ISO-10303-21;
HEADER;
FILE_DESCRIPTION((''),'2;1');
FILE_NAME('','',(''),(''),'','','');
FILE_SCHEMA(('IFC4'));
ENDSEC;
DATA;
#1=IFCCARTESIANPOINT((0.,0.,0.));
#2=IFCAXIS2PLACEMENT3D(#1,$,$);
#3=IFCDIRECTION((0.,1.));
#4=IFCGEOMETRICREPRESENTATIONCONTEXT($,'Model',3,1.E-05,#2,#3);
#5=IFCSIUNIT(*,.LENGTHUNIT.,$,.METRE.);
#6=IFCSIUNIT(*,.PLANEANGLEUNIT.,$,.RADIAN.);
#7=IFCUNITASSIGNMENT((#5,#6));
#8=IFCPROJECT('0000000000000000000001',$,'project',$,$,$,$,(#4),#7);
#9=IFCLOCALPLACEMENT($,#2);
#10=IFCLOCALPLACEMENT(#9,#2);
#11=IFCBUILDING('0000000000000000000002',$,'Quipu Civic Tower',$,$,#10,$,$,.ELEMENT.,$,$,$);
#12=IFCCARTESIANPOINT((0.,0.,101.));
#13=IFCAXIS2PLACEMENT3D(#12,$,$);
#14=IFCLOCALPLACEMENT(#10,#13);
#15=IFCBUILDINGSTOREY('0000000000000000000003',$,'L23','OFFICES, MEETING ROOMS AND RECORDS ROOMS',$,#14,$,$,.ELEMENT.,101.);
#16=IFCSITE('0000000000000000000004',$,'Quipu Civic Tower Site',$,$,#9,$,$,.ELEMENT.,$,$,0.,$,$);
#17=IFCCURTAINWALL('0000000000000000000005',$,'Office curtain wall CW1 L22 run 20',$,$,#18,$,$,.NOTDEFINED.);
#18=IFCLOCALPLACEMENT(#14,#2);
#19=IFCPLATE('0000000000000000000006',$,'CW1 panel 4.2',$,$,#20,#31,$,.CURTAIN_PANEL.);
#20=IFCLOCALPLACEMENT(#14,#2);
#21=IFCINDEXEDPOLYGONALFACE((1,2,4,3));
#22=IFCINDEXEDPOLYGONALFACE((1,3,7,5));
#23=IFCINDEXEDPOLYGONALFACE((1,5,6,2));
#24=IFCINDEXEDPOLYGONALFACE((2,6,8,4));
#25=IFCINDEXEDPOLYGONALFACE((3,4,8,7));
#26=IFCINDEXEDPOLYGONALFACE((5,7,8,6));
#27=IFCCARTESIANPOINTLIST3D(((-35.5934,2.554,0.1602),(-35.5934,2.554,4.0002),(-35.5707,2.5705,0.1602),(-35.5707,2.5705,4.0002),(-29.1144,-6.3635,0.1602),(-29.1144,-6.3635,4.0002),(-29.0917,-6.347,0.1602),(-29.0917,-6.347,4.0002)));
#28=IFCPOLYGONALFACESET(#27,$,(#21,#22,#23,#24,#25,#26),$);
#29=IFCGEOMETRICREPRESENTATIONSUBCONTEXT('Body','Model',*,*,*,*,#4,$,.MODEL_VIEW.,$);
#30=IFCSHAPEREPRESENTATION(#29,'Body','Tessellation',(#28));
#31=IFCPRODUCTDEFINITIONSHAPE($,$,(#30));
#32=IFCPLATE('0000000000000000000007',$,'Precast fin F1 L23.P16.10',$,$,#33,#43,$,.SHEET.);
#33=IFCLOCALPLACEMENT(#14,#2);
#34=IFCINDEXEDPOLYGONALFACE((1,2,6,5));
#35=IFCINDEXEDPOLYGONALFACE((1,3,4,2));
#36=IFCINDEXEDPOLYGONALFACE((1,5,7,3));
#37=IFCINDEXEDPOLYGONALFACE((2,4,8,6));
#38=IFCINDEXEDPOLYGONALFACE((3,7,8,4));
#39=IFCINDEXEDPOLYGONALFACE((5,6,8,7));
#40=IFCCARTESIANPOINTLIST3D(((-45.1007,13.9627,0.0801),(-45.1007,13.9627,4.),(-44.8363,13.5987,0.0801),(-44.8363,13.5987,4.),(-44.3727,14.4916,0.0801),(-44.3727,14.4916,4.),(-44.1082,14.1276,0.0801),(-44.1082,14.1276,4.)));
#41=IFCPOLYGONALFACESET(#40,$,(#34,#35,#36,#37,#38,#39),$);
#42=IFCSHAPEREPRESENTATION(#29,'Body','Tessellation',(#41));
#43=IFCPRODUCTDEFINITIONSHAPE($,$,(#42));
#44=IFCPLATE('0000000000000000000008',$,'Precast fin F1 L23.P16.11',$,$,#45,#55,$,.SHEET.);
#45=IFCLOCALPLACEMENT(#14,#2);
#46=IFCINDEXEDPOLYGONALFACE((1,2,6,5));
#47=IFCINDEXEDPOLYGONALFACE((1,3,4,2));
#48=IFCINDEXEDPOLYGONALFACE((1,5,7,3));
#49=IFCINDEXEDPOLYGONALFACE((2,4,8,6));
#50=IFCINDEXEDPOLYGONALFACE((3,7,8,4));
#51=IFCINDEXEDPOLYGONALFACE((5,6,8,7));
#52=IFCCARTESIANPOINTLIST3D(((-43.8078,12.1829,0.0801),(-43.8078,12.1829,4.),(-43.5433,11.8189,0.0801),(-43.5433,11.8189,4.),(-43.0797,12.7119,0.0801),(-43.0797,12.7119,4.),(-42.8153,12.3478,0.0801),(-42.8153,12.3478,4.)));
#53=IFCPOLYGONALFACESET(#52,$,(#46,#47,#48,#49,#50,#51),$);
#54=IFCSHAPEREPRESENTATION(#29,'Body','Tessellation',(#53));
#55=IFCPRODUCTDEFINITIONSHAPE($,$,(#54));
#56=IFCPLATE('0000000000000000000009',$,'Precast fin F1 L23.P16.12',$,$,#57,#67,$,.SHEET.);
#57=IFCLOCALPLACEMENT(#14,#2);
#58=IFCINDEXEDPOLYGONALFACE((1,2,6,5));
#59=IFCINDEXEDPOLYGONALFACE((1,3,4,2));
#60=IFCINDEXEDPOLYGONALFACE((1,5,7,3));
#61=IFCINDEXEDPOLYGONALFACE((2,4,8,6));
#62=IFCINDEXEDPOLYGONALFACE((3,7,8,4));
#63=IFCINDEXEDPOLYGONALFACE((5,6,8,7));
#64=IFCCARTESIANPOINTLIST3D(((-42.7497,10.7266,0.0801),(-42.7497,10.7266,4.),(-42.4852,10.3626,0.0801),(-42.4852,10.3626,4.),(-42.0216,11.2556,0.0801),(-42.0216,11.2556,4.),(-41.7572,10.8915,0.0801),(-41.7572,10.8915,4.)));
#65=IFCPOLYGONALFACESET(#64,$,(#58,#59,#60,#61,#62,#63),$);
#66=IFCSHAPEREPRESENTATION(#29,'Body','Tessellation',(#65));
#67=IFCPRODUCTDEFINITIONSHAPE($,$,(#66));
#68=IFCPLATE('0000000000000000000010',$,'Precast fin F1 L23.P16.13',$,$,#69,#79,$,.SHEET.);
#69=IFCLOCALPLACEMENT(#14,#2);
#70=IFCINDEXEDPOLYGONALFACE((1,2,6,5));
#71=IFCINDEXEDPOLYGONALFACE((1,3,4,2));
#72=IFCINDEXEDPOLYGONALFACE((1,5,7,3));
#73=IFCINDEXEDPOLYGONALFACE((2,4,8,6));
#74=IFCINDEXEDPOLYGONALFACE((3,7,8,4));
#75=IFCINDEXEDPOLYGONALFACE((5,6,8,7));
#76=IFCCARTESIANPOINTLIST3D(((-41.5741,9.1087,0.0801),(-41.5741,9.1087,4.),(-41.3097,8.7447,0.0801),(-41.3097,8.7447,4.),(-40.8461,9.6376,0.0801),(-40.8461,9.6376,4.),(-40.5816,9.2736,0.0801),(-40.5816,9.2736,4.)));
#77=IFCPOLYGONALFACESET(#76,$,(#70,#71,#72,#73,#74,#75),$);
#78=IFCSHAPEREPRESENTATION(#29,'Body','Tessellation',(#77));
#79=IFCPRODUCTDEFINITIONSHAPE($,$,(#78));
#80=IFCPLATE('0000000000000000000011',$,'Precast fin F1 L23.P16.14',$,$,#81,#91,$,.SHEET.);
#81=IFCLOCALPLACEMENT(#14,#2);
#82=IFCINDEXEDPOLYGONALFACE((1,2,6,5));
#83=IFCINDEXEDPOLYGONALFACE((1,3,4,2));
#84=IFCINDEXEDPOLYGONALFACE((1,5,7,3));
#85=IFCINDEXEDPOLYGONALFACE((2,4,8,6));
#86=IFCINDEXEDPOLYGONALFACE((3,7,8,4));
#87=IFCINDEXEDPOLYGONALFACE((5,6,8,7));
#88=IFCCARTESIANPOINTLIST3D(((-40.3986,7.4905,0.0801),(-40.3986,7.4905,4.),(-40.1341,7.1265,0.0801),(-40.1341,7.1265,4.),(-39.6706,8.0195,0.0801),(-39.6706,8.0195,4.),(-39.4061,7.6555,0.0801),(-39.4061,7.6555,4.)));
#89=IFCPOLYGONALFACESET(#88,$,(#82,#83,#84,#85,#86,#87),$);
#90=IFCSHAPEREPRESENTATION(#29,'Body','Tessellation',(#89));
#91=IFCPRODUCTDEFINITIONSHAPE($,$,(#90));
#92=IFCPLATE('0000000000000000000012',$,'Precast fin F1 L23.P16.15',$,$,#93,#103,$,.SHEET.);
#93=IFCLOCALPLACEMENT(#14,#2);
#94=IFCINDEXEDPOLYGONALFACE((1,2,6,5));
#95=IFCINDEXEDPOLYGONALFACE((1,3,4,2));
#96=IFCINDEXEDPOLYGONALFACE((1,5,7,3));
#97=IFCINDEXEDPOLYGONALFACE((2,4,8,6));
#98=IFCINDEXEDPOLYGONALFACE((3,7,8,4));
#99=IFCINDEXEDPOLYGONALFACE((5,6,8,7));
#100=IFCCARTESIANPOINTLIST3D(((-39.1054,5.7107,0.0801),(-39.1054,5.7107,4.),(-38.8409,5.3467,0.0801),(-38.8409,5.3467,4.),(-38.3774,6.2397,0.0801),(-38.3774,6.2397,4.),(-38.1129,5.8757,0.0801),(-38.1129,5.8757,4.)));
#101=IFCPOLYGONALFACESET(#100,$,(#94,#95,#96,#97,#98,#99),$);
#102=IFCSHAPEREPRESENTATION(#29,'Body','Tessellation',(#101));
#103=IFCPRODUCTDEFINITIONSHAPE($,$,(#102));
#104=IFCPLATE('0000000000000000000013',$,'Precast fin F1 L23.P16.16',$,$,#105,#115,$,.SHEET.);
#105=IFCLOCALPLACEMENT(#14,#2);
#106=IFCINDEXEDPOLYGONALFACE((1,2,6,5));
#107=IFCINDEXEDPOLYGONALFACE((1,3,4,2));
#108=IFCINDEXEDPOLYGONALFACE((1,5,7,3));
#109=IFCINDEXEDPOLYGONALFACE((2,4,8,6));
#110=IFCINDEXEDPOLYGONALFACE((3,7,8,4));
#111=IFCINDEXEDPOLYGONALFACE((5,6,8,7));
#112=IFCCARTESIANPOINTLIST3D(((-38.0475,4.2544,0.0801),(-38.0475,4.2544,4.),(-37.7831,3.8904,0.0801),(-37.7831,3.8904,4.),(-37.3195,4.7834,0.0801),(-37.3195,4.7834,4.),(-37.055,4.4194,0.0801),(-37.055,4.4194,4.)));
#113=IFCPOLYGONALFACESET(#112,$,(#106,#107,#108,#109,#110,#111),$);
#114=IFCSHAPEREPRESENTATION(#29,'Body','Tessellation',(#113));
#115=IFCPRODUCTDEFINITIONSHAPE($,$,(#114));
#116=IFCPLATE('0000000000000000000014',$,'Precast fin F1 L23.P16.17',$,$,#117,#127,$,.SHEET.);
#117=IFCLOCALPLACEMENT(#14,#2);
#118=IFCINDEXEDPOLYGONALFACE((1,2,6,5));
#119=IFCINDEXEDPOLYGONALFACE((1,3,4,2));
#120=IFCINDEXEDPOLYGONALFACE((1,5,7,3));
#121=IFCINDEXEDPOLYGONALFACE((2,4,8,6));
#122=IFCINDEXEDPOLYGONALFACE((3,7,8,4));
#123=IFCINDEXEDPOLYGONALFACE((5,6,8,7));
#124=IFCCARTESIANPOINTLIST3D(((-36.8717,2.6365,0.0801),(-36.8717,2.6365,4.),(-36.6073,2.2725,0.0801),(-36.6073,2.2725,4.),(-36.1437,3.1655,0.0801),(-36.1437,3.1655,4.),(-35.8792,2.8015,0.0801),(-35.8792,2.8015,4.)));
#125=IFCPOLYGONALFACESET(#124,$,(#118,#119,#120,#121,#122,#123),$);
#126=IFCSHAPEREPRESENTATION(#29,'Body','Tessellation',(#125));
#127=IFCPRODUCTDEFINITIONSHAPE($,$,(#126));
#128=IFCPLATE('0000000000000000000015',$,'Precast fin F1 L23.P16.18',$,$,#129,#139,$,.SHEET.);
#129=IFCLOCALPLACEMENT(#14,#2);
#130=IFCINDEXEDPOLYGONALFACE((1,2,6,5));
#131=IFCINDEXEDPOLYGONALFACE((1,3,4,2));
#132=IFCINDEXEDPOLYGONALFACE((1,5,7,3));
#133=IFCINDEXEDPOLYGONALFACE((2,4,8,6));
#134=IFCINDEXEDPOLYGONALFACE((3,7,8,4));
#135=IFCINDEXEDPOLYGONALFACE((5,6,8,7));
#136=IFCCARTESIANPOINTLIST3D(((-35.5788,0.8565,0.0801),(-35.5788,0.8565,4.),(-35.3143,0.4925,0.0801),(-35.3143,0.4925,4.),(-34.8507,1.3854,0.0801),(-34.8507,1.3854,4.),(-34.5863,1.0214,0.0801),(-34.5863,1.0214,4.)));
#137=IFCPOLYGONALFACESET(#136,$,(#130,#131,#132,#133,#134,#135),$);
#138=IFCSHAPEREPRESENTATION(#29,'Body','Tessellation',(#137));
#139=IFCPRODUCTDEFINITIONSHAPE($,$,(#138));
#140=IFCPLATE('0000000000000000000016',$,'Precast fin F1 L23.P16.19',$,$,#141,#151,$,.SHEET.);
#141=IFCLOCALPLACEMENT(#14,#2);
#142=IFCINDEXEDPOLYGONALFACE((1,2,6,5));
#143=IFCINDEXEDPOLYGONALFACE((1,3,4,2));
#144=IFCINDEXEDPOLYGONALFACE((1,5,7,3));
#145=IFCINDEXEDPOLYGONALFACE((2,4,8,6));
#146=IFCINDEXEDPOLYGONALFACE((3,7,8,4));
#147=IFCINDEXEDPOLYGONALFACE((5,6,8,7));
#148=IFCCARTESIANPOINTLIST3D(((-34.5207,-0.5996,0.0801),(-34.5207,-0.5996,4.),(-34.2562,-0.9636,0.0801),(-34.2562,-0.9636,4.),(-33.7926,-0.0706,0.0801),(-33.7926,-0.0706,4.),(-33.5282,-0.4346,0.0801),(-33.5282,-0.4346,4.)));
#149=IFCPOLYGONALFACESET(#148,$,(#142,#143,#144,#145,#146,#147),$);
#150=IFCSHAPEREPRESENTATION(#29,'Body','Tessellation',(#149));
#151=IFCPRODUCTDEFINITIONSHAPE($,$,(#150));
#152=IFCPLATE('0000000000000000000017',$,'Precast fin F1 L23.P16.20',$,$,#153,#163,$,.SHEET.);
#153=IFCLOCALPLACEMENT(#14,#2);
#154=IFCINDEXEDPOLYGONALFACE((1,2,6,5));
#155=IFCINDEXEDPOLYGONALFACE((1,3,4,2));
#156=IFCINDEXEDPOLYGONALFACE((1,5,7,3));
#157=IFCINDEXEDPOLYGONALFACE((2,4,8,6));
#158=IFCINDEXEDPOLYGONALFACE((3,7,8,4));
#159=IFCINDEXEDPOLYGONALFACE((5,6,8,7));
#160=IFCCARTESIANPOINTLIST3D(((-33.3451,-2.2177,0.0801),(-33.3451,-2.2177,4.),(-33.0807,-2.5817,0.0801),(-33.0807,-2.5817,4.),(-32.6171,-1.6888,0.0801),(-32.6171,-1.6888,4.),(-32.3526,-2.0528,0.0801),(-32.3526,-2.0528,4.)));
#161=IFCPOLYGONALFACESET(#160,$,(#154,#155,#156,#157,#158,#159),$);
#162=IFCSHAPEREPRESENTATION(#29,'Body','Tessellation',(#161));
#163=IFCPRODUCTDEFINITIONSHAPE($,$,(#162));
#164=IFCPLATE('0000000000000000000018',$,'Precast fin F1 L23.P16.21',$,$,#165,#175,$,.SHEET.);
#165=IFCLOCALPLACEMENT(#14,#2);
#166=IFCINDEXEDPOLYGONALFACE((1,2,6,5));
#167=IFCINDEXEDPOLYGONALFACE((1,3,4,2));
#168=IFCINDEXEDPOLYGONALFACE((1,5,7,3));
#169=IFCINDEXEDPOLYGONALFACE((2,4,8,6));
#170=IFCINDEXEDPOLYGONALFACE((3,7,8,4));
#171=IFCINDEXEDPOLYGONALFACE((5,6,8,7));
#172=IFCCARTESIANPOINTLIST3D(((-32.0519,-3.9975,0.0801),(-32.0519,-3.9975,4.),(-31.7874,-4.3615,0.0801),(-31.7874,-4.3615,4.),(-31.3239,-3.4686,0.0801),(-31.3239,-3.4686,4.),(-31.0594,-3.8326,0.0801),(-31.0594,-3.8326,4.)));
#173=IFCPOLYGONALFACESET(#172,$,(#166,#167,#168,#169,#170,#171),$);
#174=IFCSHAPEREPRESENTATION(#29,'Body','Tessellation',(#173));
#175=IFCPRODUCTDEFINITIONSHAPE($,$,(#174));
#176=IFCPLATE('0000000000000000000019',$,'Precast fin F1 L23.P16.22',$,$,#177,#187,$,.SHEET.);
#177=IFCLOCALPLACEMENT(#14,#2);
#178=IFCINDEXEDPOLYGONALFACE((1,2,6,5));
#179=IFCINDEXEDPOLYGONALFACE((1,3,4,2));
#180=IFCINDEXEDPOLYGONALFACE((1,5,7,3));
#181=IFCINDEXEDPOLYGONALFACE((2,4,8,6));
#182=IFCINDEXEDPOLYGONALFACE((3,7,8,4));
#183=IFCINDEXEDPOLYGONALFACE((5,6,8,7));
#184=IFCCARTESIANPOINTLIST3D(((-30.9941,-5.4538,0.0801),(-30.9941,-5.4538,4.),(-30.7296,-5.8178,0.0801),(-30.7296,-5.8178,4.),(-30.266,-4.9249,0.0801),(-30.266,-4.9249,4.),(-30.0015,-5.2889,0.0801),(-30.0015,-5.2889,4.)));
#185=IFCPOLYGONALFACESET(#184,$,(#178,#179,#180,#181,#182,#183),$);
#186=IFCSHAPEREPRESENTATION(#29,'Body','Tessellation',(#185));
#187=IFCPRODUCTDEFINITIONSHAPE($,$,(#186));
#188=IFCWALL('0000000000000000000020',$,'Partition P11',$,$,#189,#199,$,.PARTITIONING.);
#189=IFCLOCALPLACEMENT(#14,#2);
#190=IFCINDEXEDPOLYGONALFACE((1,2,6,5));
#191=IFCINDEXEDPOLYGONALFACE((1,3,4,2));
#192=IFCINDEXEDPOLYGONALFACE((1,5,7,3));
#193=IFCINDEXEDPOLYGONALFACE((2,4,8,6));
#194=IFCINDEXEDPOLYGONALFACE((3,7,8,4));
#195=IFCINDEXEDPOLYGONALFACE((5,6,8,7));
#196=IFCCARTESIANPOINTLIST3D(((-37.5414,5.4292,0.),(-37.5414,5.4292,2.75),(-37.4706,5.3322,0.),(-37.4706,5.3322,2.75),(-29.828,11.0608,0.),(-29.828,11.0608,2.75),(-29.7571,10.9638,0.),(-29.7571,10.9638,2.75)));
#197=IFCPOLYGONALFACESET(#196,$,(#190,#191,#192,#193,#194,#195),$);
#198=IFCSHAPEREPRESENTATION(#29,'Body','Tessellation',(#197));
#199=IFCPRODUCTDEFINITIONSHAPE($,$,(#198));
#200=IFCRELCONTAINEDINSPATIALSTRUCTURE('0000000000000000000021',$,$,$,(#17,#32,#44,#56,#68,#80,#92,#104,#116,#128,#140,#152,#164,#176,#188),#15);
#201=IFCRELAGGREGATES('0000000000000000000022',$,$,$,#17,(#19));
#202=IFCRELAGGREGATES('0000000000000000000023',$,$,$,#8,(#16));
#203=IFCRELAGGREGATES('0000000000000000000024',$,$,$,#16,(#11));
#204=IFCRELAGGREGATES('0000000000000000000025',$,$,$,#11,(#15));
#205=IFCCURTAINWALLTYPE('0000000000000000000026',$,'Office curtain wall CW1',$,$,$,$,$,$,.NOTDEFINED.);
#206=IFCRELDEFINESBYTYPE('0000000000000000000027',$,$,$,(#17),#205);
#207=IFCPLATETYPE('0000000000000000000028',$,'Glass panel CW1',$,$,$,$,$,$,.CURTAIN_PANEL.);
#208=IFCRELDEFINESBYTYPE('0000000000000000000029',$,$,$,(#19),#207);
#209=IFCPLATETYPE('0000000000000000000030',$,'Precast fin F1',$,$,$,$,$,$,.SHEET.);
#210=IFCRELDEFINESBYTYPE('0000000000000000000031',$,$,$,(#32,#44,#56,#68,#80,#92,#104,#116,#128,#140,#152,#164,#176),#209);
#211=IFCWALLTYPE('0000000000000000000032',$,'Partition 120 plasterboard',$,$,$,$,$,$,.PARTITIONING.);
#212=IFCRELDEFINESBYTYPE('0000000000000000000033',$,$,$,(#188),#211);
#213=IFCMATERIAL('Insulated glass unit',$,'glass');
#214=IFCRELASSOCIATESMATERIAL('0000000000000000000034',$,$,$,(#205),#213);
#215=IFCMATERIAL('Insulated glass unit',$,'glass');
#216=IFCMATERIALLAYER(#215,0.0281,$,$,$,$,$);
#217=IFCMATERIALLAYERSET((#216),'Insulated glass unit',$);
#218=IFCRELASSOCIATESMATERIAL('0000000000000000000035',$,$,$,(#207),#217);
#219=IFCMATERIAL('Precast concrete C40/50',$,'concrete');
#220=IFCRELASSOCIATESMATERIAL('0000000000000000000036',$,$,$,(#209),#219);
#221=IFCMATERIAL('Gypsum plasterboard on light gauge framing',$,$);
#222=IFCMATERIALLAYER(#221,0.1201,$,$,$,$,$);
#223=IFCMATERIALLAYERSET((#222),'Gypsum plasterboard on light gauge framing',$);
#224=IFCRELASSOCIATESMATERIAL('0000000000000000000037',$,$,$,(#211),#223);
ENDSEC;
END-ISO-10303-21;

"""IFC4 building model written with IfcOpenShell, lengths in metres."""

from ifc_helpers import new_model, si_unit, direction, frame, frame_2d, origin, origin_2d, place, context, subcontext, project, spatial, rectangle, extrude, material, layer, layer_set, type_object, element, aggregate, save


model = new_model("IFC4")

# Units and contexts
model_context = context("Model", 3, precision=1e-05, world=origin(), true_north=direction((0.0, 1.0)))
body_context = subcontext(model_context, "Body", "Model", "MODEL_VIEW")
ifc_project = project(units=[si_unit("LENGTHUNIT", "METRE"), si_unit("PLANEANGLEUNIT", "RADIAN")], contexts=[model_context])

# Site, building, storey
site_placement = place(None, origin())
site = spatial("IfcSite", under=ifc_project, at=site_placement, Name="Quipu Civic Tower Site", CompositionType="ELEMENT", RefElevation=0.0)
building_placement = place(site_placement, origin())
building = spatial("IfcBuilding", under=site, at=building_placement, Name="Quipu Civic Tower", CompositionType="ELEMENT")
storey_placement = place(building_placement, frame((0.0, 0.0, 101.0)))
storey = spatial("IfcBuildingStorey", under=building, at=storey_placement, Name="L23", Description="OFFICES, MEETING ROOMS AND RECORDS ROOMS", CompositionType="ELEMENT", Elevation=101.0)

# Curtain wall
ifc_material_1 = material(Name="Insulated glass unit", Category="glass")
curtain_wall_type = type_object("IfcCurtainWallType", Name="Office curtain wall CW1", PredefinedType="NOTDEFINED", material=ifc_material_1)
curtain_wall_placement = place(storey_placement, origin())
curtain_wall = element("IfcCurtainWall", 1, at=curtain_wall_placement, inside=storey, type_object=curtain_wall_type, Name="Office curtain wall CW1 L22 run 20", PredefinedType="NOTDEFINED")

# Plate
ifc_material_2 = material(Name="Insulated glass unit", Category="glass")
ifc_layer_1 = layer(ifc_material_2, 0.0281)
ifc_layer_set_1 = layer_set([ifc_layer_1], Name="Insulated glass unit")
plate_type_1 = type_object("IfcPlateType", Name="Glass panel CW1", PredefinedType="CURTAIN_PANEL", material=ifc_layer_set_1)
plate_1_placement = place(storey_placement, frame((-32.3425, -1.8965, 0.1602), z_axis=(0.0, 0.0, 1.0), x_axis=(0.587786, -0.809017, 0.0)))
plate_1 = element("IfcPlate", 2, at=plate_1_placement, type_object=plate_type_1, Name="CW1 panel 4.2", PredefinedType="CURTAIN_PANEL", context=body_context, shape_type="SweptSolid", body=[
    extrude(rectangle(XDim=11.0227, YDim=0.0281, at=origin_2d()), origin(), (0.0, 0.0, 1.0), 3.8401),
])
aggregate(curtain_wall, [plate_1])

# Plates
ifc_material_3 = material(Name="Precast concrete C40/50", Category="concrete")
plate_type_2 = type_object("IfcPlateType", Name="Precast fin F1", PredefinedType="SHEET", material=ifc_material_3)
for number, where, z_axis, x_axis, name in (
    (3, (-44.6045, 14.0452, 0.0801), (0.0, 0.0, 1.0), (0.587786, -0.809017, 0.0), "Precast fin F1 L23.P16.10"),
    (4, (-43.3115, 12.2654, 0.0801), (0.0, 0.0, 1.0), (0.587786, -0.809017, 0.0), "Precast fin F1 L23.P16.11"),
    (5, (-42.2534, 10.8091, 0.0801), (0.0, 0.0, 1.0), (0.587786, -0.809017, 0.0), "Precast fin F1 L23.P16.12"),
    (6, (-41.0779, 9.1912, 0.0801), (0.0, 0.0, 1.0), (0.587786, -0.809017, 0.0), "Precast fin F1 L23.P16.13"),
    (7, (-39.9023, 7.573, 0.0801), (0.0, 0.0, 1.0), (0.587786, -0.809017, 0.0), "Precast fin F1 L23.P16.14"),
    (8, (-38.6091, 5.7932, 0.0801), (0.0, 0.0, 1.0), (0.587786, -0.809017, 0.0), "Precast fin F1 L23.P16.15"),
    (9, (-37.5513, 4.3369, 0.0801), (0.0, 0.0, 1.0), (0.587786, -0.809017, 0.0), "Precast fin F1 L23.P16.16"),
    (10, (-36.3755, 2.719, 0.0801), (0.0, 0.0, 1.0), (0.587786, -0.809017, 0.0), "Precast fin F1 L23.P16.17"),
    (11, (-35.0825, 0.939, 0.0801), (0.0, 0.0, 1.0), (0.587786, -0.809017, 0.0), "Precast fin F1 L23.P16.18"),
    (12, (-34.0244, -0.5171, 0.0801), (0.0, 0.0, 1.0), (0.587786, -0.809017, 0.0), "Precast fin F1 L23.P16.19"),
    (13, (-32.8489, -2.1353, 0.0801), (0.0, 0.0, 1.0), (0.587786, -0.809017, 0.0), "Precast fin F1 L23.P16.20"),
    (14, (-31.5557, -3.915, 0.0801), (0.0, 0.0, 1.0), (0.587786, -0.809017, 0.0), "Precast fin F1 L23.P16.21"),
    (15, (-30.4978, -5.3713, 0.0801), (0.0, 0.0, 1.0), (0.587786, -0.809017, 0.0), "Precast fin F1 L23.P16.22"),
):
    element("IfcPlate", number, at=place(storey_placement, frame(where, z_axis=z_axis, x_axis=x_axis)), inside=storey, type_object=plate_type_2, Name=name, PredefinedType="SHEET", context=body_context, shape_type="SweptSolid", body=[
        extrude(rectangle(XDim=0.45, YDim=0.8999, at=origin_2d()), origin(), (0.0, 0.0, 1.0), 3.9199),
    ])

# Wall
ifc_material_4 = material(Name="Gypsum plasterboard on light gauge framing")
ifc_layer_2 = layer(ifc_material_4, 0.1201)
ifc_layer_set_2 = layer_set([ifc_layer_2], Name="Gypsum plasterboard on light gauge framing")
wall_type = type_object("IfcWallType", Name="Partition 120 plasterboard", PredefinedType="PARTITIONING", material=ifc_layer_set_2)
wall_placement = place(storey_placement, frame((-37.5061, 5.3806, 0.0), z_axis=(0.0, 0.0, 1.0), x_axis=(0.807646, 0.589668, 0.0)))
element("IfcWall", 16, at=wall_placement, inside=storey, type_object=wall_type, Name="Partition P11", PredefinedType="PARTITIONING", context=body_context, shape_type="SweptSolid", body=[
    extrude(rectangle(XDim=9.5505, YDim=0.1201, at=frame_2d((4.7754, 0.0))), origin(), (0.0, 0.0, 1.0), 2.75),
])

save(model, "model.ifc")
